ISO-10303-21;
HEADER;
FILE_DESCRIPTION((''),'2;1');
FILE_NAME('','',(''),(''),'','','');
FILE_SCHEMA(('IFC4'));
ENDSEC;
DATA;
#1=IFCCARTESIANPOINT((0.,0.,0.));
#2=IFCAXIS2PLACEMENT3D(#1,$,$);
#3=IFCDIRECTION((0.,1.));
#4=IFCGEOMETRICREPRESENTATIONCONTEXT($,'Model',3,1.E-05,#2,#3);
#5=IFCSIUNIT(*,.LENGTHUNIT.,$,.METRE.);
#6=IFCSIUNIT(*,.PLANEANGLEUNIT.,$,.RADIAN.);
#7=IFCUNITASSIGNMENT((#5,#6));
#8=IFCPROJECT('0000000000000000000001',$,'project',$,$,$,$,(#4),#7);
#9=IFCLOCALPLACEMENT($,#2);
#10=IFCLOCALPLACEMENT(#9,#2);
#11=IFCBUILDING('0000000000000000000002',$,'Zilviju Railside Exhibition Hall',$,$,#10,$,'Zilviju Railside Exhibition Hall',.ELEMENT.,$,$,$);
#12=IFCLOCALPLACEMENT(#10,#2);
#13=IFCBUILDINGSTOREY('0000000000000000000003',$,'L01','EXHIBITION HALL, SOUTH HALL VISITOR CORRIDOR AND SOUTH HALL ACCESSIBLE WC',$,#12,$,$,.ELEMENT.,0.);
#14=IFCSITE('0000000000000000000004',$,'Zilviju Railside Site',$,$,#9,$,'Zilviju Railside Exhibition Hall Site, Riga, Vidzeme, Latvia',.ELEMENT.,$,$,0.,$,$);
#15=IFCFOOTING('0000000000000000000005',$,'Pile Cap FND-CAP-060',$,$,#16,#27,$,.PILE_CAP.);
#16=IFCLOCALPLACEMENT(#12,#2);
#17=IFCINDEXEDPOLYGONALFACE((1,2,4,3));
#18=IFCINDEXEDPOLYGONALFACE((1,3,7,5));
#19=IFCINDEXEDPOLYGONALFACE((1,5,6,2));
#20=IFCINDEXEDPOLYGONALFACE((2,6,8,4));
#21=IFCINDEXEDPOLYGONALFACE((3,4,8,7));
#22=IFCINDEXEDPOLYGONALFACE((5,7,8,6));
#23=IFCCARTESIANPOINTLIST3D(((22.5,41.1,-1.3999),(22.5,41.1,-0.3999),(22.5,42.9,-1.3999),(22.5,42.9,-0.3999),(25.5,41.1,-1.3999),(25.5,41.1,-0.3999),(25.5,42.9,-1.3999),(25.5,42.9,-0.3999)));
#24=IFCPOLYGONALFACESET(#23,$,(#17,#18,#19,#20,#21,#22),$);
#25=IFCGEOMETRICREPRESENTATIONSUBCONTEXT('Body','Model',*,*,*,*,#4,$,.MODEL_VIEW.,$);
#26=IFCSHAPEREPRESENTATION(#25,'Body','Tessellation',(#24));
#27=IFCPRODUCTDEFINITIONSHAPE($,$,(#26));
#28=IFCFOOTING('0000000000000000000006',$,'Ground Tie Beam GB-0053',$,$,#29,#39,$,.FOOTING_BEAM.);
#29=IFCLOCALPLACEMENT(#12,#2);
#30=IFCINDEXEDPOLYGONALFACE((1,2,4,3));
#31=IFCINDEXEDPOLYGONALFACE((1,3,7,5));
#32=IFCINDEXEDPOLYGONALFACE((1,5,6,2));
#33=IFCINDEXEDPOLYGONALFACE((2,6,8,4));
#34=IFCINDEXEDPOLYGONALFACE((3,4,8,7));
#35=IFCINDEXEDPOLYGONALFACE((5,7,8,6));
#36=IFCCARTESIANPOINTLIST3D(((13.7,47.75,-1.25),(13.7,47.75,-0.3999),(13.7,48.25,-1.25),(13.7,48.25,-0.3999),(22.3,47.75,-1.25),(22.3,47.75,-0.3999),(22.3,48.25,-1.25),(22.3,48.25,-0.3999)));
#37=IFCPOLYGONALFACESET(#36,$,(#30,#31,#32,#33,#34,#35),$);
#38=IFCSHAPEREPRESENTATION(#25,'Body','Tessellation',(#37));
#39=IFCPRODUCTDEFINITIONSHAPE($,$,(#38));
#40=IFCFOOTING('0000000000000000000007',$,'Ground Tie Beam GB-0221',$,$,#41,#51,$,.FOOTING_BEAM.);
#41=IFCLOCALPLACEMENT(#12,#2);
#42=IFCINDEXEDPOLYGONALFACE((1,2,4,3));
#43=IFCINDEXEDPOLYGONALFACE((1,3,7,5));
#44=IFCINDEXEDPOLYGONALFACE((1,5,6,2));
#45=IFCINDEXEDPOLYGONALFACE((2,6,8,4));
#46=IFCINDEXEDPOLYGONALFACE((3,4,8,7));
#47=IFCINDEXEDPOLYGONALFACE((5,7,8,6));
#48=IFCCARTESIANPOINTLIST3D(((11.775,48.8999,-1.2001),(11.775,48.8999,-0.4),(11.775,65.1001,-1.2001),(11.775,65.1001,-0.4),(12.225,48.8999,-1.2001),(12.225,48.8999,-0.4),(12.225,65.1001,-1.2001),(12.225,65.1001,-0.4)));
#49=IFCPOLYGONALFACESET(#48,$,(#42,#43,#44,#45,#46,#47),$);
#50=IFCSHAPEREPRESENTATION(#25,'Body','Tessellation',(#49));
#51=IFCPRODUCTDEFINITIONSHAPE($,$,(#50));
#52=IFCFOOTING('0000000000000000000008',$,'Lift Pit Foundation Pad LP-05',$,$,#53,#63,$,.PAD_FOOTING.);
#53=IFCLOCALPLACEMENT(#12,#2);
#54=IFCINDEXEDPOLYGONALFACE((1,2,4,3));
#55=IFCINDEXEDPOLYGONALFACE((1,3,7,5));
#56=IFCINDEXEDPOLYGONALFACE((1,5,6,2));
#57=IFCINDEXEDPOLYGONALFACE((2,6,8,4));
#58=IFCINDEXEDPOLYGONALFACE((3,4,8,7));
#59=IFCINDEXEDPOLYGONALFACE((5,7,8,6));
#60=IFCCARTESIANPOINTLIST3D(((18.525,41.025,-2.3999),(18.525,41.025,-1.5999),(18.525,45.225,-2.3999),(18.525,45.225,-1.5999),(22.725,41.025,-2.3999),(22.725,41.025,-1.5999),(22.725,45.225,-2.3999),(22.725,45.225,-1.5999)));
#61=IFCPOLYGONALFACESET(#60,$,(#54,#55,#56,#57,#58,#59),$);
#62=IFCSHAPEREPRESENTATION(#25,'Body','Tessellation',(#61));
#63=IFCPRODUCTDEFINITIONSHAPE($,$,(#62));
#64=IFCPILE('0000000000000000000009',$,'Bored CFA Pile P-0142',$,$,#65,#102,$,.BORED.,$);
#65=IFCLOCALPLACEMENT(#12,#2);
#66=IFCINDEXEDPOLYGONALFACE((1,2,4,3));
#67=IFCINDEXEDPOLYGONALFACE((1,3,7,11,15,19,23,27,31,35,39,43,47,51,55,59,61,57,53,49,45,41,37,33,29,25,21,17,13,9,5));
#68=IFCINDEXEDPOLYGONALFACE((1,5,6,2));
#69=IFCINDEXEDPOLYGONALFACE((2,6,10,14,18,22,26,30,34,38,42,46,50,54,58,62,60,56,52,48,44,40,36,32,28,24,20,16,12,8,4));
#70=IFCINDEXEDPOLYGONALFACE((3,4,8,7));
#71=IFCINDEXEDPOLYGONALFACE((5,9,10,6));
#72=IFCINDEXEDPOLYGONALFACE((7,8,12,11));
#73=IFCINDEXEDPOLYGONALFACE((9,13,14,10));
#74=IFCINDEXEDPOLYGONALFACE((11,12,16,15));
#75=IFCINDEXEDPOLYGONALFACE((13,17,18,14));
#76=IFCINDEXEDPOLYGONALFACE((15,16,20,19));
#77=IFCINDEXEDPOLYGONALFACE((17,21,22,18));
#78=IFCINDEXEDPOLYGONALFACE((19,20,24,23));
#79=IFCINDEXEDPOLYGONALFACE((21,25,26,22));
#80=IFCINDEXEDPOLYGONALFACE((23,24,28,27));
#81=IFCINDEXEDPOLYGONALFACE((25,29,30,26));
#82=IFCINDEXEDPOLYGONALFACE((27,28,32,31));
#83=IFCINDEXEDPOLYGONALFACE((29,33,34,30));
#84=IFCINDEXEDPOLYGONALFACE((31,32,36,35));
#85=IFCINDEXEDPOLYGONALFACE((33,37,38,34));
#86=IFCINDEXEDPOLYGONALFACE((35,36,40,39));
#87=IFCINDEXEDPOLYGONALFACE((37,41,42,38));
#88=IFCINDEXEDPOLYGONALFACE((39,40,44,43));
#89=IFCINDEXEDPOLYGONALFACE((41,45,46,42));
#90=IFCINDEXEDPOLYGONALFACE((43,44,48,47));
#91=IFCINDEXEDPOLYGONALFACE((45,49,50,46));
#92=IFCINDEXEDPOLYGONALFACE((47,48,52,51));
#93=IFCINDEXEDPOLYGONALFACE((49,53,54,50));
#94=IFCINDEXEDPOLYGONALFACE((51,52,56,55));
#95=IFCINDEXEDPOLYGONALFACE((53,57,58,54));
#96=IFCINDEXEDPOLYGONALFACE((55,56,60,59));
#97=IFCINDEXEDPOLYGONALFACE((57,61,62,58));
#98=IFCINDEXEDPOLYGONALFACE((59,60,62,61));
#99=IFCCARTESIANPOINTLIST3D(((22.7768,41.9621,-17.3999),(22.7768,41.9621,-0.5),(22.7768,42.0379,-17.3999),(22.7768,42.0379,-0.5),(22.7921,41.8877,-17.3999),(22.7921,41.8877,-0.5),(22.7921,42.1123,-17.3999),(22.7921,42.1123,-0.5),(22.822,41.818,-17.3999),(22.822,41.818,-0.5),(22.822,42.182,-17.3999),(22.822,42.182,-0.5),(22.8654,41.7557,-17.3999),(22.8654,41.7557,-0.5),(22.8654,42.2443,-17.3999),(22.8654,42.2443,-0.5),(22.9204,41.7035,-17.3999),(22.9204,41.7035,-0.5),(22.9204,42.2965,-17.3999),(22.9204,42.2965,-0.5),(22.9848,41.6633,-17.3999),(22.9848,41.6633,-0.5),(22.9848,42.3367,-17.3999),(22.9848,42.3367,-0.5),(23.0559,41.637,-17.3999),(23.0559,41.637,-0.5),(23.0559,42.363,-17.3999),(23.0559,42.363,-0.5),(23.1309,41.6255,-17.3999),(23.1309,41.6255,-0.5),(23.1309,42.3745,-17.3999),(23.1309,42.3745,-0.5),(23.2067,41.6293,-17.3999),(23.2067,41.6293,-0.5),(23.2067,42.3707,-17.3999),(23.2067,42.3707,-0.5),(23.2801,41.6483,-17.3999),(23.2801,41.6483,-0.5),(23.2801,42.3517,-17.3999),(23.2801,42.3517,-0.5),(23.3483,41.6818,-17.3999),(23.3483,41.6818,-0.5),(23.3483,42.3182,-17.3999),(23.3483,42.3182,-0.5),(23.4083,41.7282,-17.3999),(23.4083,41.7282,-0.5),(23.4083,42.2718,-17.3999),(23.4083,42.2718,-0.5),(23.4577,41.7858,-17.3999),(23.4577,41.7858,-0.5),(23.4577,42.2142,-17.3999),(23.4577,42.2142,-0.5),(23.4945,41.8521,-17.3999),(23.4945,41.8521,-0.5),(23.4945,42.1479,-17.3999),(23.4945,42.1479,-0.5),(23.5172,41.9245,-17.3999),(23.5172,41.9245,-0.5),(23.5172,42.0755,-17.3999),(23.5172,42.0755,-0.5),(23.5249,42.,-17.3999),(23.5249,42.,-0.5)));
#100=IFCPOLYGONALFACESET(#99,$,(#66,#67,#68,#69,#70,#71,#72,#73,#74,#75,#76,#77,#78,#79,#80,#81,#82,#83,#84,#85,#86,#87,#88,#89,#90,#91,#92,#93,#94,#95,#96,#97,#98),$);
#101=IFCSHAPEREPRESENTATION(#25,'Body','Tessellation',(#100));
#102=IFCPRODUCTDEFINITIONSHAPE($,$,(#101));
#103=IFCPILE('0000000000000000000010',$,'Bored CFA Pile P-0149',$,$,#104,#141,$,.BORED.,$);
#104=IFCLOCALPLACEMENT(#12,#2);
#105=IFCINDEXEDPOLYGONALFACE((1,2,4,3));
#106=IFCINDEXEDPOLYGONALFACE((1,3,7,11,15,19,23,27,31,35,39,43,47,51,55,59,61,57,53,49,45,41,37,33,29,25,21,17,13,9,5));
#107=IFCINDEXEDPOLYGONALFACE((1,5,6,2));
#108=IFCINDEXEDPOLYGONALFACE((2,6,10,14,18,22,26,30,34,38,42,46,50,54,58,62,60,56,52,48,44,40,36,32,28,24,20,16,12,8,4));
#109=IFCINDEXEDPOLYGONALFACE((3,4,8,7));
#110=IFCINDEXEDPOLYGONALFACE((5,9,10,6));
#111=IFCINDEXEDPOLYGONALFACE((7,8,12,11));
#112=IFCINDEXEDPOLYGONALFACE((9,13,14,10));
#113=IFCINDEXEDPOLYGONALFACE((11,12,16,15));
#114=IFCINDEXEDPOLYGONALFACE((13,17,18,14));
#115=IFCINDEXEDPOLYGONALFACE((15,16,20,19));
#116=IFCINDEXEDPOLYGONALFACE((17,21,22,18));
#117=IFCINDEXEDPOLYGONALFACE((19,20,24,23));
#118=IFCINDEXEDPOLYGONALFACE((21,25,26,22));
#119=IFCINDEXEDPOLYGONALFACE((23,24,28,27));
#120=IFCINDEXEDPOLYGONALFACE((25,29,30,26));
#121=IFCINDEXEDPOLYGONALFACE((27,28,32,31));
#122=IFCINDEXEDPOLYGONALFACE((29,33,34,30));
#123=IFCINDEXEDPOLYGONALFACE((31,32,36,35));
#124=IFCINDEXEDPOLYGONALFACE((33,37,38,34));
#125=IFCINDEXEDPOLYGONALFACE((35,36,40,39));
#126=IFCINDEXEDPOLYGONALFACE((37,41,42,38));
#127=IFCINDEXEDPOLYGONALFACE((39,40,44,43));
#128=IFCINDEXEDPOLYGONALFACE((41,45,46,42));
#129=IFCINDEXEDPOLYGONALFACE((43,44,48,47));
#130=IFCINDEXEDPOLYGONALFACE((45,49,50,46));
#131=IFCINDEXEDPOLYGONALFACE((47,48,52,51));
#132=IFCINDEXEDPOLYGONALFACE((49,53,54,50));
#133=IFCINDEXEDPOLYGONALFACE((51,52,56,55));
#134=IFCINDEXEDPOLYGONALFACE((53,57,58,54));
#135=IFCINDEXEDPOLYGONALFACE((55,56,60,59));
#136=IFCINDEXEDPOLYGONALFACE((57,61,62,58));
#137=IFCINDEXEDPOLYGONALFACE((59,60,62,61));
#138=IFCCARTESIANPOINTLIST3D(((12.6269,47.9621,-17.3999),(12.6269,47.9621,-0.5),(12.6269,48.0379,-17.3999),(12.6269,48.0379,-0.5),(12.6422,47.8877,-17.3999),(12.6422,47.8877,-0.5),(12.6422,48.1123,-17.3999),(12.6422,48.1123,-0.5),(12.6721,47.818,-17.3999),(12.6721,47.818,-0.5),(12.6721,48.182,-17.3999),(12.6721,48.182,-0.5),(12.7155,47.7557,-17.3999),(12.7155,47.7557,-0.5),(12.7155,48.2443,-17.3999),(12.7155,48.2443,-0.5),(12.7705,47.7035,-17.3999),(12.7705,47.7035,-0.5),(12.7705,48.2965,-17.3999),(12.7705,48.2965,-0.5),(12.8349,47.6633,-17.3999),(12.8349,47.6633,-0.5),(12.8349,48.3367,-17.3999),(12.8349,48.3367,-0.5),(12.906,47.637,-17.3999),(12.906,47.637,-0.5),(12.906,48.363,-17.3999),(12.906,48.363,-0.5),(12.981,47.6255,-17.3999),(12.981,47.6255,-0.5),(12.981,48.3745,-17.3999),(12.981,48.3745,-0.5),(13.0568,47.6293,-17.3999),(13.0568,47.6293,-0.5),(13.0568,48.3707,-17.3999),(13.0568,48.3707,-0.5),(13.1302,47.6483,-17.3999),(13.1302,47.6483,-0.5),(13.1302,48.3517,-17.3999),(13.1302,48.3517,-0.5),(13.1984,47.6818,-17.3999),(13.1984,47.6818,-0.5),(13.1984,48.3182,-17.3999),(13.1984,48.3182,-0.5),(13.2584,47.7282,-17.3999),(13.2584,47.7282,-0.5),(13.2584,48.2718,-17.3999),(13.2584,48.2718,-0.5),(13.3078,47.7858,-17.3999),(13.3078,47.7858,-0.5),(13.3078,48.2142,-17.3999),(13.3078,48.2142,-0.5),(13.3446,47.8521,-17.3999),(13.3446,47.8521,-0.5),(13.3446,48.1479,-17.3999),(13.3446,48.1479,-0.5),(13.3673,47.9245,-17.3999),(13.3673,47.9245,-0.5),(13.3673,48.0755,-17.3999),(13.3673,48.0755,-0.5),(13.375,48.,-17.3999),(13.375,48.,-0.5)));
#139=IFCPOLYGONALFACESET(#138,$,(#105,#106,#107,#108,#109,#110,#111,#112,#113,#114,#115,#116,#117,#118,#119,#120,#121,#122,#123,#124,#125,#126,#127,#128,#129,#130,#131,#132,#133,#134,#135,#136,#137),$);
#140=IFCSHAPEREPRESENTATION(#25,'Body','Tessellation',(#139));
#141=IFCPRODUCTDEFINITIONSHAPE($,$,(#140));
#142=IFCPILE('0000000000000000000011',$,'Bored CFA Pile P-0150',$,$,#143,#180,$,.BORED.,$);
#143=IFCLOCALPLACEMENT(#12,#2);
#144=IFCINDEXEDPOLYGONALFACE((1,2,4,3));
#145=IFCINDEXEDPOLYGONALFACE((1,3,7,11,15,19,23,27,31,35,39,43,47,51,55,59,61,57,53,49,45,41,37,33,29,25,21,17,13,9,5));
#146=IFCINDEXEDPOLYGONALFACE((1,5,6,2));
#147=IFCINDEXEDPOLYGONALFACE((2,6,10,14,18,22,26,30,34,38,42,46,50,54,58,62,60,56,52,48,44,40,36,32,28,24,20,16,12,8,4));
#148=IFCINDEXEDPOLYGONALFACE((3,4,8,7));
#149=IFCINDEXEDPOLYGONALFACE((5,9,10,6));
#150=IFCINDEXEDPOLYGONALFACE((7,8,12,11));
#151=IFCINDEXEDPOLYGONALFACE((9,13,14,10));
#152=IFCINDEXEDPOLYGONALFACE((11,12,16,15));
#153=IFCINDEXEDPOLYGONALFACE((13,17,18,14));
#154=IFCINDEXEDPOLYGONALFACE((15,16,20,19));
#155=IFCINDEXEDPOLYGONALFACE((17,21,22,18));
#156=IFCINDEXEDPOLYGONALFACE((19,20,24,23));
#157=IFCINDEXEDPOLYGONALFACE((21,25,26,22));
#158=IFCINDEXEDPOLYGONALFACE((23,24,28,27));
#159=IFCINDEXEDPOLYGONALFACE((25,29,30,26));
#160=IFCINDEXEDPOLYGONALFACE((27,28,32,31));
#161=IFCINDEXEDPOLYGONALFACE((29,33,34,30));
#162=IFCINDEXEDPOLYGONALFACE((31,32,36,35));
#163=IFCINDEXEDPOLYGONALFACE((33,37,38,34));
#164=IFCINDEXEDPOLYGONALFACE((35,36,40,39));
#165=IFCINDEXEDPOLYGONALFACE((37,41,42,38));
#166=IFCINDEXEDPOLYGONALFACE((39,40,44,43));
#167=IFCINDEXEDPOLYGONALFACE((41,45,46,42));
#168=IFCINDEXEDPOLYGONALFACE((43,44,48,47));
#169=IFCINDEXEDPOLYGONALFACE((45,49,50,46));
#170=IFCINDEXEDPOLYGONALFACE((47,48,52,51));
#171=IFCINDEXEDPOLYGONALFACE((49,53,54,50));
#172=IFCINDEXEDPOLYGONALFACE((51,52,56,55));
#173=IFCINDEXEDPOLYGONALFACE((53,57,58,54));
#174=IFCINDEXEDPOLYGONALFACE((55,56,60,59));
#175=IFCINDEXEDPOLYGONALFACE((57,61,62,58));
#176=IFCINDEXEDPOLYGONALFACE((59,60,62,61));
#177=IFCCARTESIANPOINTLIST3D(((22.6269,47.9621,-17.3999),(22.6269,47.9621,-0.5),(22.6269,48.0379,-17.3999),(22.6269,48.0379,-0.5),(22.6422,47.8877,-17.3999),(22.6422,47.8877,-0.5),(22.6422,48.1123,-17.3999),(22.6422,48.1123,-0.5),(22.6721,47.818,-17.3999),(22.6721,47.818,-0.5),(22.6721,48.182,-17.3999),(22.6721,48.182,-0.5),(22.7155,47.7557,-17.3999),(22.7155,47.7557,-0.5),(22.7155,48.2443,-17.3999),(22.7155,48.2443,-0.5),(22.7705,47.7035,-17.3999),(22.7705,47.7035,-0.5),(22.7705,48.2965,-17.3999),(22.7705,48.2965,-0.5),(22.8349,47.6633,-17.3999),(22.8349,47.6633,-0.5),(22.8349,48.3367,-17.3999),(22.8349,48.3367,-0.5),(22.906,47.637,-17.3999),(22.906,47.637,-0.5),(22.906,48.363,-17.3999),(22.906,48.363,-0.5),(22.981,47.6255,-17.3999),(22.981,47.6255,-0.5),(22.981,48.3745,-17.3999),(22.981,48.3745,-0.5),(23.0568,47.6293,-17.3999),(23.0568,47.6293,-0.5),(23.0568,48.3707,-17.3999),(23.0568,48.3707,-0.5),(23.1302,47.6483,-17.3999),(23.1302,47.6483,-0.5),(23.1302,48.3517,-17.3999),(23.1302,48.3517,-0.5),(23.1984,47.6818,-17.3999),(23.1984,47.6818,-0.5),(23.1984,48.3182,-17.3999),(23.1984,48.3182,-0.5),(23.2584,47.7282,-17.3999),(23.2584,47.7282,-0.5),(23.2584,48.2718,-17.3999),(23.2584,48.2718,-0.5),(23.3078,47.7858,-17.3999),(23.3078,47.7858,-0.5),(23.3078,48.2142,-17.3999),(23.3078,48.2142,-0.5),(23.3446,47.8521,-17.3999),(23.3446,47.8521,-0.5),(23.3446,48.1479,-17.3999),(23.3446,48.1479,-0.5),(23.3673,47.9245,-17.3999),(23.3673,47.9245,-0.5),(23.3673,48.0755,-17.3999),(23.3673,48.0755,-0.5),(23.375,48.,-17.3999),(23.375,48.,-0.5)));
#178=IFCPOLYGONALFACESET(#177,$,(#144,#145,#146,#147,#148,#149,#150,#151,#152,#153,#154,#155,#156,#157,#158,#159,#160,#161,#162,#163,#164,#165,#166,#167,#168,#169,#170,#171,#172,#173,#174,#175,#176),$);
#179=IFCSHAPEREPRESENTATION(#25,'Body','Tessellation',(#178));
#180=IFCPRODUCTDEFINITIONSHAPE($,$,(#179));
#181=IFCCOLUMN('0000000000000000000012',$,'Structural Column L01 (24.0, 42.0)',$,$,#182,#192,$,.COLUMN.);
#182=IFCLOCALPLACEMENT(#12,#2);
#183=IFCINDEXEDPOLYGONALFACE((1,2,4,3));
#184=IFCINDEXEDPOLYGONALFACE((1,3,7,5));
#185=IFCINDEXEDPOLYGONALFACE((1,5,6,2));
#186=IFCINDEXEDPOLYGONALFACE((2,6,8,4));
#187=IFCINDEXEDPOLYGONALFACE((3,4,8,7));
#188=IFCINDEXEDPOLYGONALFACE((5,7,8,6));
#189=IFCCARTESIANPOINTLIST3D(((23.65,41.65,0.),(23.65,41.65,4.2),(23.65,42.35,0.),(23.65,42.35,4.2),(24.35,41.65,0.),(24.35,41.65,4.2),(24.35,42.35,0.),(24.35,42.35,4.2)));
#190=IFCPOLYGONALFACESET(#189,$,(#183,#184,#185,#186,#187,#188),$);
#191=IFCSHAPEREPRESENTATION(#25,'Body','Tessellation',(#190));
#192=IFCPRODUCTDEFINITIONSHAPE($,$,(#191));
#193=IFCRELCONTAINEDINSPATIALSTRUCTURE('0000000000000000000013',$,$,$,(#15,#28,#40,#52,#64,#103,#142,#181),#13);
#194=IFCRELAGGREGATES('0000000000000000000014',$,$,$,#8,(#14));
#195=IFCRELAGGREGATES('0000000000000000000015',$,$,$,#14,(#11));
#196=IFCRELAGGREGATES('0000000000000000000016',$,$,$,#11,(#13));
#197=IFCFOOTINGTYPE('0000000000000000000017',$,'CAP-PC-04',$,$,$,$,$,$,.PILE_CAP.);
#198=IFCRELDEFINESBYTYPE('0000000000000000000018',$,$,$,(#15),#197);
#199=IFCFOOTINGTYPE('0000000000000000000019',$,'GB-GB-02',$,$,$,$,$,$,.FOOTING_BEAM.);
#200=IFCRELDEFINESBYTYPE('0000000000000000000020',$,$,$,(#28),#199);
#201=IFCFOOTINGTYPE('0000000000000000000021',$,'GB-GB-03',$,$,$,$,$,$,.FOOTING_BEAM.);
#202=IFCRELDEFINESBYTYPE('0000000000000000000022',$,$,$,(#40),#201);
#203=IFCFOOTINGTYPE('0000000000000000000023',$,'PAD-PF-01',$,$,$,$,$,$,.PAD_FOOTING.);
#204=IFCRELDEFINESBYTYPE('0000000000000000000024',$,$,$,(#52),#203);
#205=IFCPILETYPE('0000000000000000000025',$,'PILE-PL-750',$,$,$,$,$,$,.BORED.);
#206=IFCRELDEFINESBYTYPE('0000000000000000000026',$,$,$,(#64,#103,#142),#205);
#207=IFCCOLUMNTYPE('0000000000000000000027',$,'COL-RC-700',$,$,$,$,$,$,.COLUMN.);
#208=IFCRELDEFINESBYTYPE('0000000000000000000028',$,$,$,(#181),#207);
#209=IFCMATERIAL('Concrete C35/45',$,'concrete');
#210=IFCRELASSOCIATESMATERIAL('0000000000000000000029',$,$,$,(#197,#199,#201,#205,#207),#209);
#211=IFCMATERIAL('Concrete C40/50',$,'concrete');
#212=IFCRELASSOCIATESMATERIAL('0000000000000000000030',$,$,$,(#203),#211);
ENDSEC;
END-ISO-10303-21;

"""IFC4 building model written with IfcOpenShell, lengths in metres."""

from ifc_helpers import new_model, si_unit, direction, frame, origin, origin_2d, place, context, subcontext, project, spatial, rectangle, circle, extrude, material, material_profile, profile_set, type_object, element, save


model = new_model("IFC4")

# Units and contexts
model_context = context("Model", 3, precision=1e-05, world=origin(), true_north=direction((0.0, 1.0)))
body_context = subcontext(model_context, "Body", "Model", "MODEL_VIEW")
ifc_project = project(units=[si_unit("LENGTHUNIT", "METRE"), si_unit("PLANEANGLEUNIT", "RADIAN")], contexts=[model_context])

# Site, building, storey
site_placement = place(None, origin())
site = spatial("IfcSite", under=ifc_project, at=site_placement, Name="Zilviju Railside Site", LongName="Zilviju Railside Exhibition Hall Site, Riga, Vidzeme, Latvia", CompositionType="ELEMENT", RefElevation=0.0)
building_placement = place(site_placement, origin())
building = spatial("IfcBuilding", under=site, at=building_placement, Name="Zilviju Railside Exhibition Hall", LongName="Zilviju Railside Exhibition Hall", CompositionType="ELEMENT")
storey_placement = place(building_placement, origin())
storey = spatial("IfcBuildingStorey", under=building, at=storey_placement, Name="L01", Description="EXHIBITION HALL, SOUTH HALL VISITOR CORRIDOR AND SOUTH HALL ACCESSIBLE WC", CompositionType="ELEMENT", Elevation=0.0)

# Footings
ifc_material_1 = material(Name="Concrete C35/45", Category="concrete")
footing_type_1 = type_object("IfcFootingType", Name="CAP-PC-04", PredefinedType="PILE_CAP", material=ifc_material_1)
footing_1_placement = place(storey_placement, frame((24.0, 42.0, -1.3999), z_axis=(0.0, 0.0, 1.0), x_axis=(1.0, 0.0, 0.0)))
element("IfcFooting", 1, at=footing_1_placement, inside=storey, type_object=footing_type_1, Name="Pile Cap FND-CAP-060", PredefinedType="PILE_CAP", context=body_context, shape_type="SweptSolid", body=[
    extrude(rectangle(XDim=3.0, YDim=1.8, at=origin_2d()), origin(), (0.0, 0.0, 1.0), 1.0),
])
ifc_material_profile_1 = material_profile(ifc_material_1, rectangle(XDim=0.5, YDim=0.8501, at=origin_2d()), Name="TIE BEAM 500x850")
ifc_profile_set_1 = profile_set([ifc_material_profile_1], Name="Concrete C35/45")
footing_type_2 = type_object("IfcFootingType", Name="GB-GB-02", PredefinedType="FOOTING_BEAM", material=ifc_profile_set_1)
footing_2_placement = place(storey_placement, frame((13.7, 48.0, -0.825), z_axis=(1.0, 0.0, 0.0), x_axis=(0.0, 1.0, 0.0)))
element("IfcFooting", 2, at=footing_2_placement, inside=storey, type_object=footing_type_2, Name="Ground Tie Beam GB-0053", PredefinedType="FOOTING_BEAM", context=body_context, shape_type="SweptSolid", body=[
    extrude(rectangle(XDim=0.5, YDim=0.8501, at=origin_2d()), origin(), (0.0, 0.0, 1.0), 8.6001),
])
ifc_material_profile_2 = material_profile(ifc_material_1, rectangle(XDim=0.45, YDim=0.8, at=origin_2d()), Name="TIE BEAM 450x800")
ifc_profile_set_2 = profile_set([ifc_material_profile_2], Name="Concrete C35/45")
footing_type_3 = type_object("IfcFootingType", Name="GB-GB-03", PredefinedType="FOOTING_BEAM", material=ifc_profile_set_2)
footing_3_placement = place(storey_placement, frame((12.0, 48.8999, -0.8), z_axis=(0.0, 1.0, 0.0), x_axis=(-1.0, 0.0, 0.0)))
element("IfcFooting", 3, at=footing_3_placement, inside=storey, type_object=footing_type_3, Name="Ground Tie Beam GB-0221", PredefinedType="FOOTING_BEAM", context=body_context, shape_type="SweptSolid", body=[
    extrude(rectangle(XDim=0.45, YDim=0.8, at=origin_2d()), origin(), (0.0, 0.0, 1.0), 16.2002),
])
ifc_material_2 = material(Name="Concrete C40/50", Category="concrete")
footing_type_4 = type_object("IfcFootingType", Name="PAD-PF-01", PredefinedType="PAD_FOOTING", material=ifc_material_2)
footing_4_placement = place(storey_placement, frame((20.625, 43.125, -2.3999), z_axis=(0.0, 0.0, 1.0), x_axis=(1.0, 0.0, 0.0)))
element("IfcFooting", 4, at=footing_4_placement, inside=storey, type_object=footing_type_4, Name="Lift Pit Foundation Pad LP-05", PredefinedType="PAD_FOOTING", context=body_context, shape_type="SweptSolid", body=[
    extrude(rectangle(XDim=4.2, YDim=4.2, at=origin_2d()), origin(), (0.0, 0.0, 1.0), 0.8),
])

# Piles
ifc_material_profile_3 = material_profile(ifc_material_1, circle(Radius=0.375, at=origin_2d()), Name="CFA PILE D750")
ifc_profile_set_3 = profile_set([ifc_material_profile_3], Name="Concrete C35/45")
pile_type = type_object("IfcPileType", Name="PILE-PL-750", PredefinedType="BORED", material=ifc_profile_set_3)
for number, where, z_axis, x_axis, name in (
    (5, (23.1499, 42.0, -0.5), (0.0, 0.0, -1.0), (1.0, 0.0, 0.0), "Bored CFA Pile P-0142"),
    (6, (13.0, 48.0, -0.5), (0.0, 0.0, -1.0), (1.0, 0.0, 0.0), "Bored CFA Pile P-0149"),
    (7, (23.0, 48.0, -0.5), (0.0, 0.0, -1.0), (1.0, 0.0, 0.0), "Bored CFA Pile P-0150"),
):
    element("IfcPile", number, at=place(storey_placement, frame(where, z_axis=z_axis, x_axis=x_axis)), inside=storey, type_object=pile_type, Name=name, PredefinedType="BORED", context=body_context, shape_type="SweptSolid", body=[
        extrude(circle(Radius=0.375, at=origin_2d()), origin(), (0.0, 0.0, 1.0), 16.8999),
    ])

# Column
ifc_material_profile_4 = material_profile(ifc_material_1, rectangle(XDim=0.7, YDim=0.7, at=origin_2d()), Name="RC COL 700x700")
ifc_profile_set_4 = profile_set([ifc_material_profile_4], Name="Concrete C35/45")
column_type = type_object("IfcColumnType", Name="COL-RC-700", PredefinedType="COLUMN", material=ifc_profile_set_4)
for number, where, z_axis, x_axis, name in (
    (8, (24.0, 42.0, 0.0), (0.0, 0.0, 1.0), (1.0, 0.0, 0.0), "Structural Column L01 (24.0, 42.0)"),
):
    element("IfcColumn", number, at=place(storey_placement, frame(where, z_axis=z_axis, x_axis=x_axis)), inside=storey, type_object=column_type, Name=name, PredefinedType="COLUMN", context=body_context, shape_type="SweptSolid", body=[
        extrude(rectangle(XDim=0.7, YDim=0.7, at=origin_2d()), origin(), (0.0, 0.0, 1.0), 4.2),
    ])

save(model, "model.ifc")
